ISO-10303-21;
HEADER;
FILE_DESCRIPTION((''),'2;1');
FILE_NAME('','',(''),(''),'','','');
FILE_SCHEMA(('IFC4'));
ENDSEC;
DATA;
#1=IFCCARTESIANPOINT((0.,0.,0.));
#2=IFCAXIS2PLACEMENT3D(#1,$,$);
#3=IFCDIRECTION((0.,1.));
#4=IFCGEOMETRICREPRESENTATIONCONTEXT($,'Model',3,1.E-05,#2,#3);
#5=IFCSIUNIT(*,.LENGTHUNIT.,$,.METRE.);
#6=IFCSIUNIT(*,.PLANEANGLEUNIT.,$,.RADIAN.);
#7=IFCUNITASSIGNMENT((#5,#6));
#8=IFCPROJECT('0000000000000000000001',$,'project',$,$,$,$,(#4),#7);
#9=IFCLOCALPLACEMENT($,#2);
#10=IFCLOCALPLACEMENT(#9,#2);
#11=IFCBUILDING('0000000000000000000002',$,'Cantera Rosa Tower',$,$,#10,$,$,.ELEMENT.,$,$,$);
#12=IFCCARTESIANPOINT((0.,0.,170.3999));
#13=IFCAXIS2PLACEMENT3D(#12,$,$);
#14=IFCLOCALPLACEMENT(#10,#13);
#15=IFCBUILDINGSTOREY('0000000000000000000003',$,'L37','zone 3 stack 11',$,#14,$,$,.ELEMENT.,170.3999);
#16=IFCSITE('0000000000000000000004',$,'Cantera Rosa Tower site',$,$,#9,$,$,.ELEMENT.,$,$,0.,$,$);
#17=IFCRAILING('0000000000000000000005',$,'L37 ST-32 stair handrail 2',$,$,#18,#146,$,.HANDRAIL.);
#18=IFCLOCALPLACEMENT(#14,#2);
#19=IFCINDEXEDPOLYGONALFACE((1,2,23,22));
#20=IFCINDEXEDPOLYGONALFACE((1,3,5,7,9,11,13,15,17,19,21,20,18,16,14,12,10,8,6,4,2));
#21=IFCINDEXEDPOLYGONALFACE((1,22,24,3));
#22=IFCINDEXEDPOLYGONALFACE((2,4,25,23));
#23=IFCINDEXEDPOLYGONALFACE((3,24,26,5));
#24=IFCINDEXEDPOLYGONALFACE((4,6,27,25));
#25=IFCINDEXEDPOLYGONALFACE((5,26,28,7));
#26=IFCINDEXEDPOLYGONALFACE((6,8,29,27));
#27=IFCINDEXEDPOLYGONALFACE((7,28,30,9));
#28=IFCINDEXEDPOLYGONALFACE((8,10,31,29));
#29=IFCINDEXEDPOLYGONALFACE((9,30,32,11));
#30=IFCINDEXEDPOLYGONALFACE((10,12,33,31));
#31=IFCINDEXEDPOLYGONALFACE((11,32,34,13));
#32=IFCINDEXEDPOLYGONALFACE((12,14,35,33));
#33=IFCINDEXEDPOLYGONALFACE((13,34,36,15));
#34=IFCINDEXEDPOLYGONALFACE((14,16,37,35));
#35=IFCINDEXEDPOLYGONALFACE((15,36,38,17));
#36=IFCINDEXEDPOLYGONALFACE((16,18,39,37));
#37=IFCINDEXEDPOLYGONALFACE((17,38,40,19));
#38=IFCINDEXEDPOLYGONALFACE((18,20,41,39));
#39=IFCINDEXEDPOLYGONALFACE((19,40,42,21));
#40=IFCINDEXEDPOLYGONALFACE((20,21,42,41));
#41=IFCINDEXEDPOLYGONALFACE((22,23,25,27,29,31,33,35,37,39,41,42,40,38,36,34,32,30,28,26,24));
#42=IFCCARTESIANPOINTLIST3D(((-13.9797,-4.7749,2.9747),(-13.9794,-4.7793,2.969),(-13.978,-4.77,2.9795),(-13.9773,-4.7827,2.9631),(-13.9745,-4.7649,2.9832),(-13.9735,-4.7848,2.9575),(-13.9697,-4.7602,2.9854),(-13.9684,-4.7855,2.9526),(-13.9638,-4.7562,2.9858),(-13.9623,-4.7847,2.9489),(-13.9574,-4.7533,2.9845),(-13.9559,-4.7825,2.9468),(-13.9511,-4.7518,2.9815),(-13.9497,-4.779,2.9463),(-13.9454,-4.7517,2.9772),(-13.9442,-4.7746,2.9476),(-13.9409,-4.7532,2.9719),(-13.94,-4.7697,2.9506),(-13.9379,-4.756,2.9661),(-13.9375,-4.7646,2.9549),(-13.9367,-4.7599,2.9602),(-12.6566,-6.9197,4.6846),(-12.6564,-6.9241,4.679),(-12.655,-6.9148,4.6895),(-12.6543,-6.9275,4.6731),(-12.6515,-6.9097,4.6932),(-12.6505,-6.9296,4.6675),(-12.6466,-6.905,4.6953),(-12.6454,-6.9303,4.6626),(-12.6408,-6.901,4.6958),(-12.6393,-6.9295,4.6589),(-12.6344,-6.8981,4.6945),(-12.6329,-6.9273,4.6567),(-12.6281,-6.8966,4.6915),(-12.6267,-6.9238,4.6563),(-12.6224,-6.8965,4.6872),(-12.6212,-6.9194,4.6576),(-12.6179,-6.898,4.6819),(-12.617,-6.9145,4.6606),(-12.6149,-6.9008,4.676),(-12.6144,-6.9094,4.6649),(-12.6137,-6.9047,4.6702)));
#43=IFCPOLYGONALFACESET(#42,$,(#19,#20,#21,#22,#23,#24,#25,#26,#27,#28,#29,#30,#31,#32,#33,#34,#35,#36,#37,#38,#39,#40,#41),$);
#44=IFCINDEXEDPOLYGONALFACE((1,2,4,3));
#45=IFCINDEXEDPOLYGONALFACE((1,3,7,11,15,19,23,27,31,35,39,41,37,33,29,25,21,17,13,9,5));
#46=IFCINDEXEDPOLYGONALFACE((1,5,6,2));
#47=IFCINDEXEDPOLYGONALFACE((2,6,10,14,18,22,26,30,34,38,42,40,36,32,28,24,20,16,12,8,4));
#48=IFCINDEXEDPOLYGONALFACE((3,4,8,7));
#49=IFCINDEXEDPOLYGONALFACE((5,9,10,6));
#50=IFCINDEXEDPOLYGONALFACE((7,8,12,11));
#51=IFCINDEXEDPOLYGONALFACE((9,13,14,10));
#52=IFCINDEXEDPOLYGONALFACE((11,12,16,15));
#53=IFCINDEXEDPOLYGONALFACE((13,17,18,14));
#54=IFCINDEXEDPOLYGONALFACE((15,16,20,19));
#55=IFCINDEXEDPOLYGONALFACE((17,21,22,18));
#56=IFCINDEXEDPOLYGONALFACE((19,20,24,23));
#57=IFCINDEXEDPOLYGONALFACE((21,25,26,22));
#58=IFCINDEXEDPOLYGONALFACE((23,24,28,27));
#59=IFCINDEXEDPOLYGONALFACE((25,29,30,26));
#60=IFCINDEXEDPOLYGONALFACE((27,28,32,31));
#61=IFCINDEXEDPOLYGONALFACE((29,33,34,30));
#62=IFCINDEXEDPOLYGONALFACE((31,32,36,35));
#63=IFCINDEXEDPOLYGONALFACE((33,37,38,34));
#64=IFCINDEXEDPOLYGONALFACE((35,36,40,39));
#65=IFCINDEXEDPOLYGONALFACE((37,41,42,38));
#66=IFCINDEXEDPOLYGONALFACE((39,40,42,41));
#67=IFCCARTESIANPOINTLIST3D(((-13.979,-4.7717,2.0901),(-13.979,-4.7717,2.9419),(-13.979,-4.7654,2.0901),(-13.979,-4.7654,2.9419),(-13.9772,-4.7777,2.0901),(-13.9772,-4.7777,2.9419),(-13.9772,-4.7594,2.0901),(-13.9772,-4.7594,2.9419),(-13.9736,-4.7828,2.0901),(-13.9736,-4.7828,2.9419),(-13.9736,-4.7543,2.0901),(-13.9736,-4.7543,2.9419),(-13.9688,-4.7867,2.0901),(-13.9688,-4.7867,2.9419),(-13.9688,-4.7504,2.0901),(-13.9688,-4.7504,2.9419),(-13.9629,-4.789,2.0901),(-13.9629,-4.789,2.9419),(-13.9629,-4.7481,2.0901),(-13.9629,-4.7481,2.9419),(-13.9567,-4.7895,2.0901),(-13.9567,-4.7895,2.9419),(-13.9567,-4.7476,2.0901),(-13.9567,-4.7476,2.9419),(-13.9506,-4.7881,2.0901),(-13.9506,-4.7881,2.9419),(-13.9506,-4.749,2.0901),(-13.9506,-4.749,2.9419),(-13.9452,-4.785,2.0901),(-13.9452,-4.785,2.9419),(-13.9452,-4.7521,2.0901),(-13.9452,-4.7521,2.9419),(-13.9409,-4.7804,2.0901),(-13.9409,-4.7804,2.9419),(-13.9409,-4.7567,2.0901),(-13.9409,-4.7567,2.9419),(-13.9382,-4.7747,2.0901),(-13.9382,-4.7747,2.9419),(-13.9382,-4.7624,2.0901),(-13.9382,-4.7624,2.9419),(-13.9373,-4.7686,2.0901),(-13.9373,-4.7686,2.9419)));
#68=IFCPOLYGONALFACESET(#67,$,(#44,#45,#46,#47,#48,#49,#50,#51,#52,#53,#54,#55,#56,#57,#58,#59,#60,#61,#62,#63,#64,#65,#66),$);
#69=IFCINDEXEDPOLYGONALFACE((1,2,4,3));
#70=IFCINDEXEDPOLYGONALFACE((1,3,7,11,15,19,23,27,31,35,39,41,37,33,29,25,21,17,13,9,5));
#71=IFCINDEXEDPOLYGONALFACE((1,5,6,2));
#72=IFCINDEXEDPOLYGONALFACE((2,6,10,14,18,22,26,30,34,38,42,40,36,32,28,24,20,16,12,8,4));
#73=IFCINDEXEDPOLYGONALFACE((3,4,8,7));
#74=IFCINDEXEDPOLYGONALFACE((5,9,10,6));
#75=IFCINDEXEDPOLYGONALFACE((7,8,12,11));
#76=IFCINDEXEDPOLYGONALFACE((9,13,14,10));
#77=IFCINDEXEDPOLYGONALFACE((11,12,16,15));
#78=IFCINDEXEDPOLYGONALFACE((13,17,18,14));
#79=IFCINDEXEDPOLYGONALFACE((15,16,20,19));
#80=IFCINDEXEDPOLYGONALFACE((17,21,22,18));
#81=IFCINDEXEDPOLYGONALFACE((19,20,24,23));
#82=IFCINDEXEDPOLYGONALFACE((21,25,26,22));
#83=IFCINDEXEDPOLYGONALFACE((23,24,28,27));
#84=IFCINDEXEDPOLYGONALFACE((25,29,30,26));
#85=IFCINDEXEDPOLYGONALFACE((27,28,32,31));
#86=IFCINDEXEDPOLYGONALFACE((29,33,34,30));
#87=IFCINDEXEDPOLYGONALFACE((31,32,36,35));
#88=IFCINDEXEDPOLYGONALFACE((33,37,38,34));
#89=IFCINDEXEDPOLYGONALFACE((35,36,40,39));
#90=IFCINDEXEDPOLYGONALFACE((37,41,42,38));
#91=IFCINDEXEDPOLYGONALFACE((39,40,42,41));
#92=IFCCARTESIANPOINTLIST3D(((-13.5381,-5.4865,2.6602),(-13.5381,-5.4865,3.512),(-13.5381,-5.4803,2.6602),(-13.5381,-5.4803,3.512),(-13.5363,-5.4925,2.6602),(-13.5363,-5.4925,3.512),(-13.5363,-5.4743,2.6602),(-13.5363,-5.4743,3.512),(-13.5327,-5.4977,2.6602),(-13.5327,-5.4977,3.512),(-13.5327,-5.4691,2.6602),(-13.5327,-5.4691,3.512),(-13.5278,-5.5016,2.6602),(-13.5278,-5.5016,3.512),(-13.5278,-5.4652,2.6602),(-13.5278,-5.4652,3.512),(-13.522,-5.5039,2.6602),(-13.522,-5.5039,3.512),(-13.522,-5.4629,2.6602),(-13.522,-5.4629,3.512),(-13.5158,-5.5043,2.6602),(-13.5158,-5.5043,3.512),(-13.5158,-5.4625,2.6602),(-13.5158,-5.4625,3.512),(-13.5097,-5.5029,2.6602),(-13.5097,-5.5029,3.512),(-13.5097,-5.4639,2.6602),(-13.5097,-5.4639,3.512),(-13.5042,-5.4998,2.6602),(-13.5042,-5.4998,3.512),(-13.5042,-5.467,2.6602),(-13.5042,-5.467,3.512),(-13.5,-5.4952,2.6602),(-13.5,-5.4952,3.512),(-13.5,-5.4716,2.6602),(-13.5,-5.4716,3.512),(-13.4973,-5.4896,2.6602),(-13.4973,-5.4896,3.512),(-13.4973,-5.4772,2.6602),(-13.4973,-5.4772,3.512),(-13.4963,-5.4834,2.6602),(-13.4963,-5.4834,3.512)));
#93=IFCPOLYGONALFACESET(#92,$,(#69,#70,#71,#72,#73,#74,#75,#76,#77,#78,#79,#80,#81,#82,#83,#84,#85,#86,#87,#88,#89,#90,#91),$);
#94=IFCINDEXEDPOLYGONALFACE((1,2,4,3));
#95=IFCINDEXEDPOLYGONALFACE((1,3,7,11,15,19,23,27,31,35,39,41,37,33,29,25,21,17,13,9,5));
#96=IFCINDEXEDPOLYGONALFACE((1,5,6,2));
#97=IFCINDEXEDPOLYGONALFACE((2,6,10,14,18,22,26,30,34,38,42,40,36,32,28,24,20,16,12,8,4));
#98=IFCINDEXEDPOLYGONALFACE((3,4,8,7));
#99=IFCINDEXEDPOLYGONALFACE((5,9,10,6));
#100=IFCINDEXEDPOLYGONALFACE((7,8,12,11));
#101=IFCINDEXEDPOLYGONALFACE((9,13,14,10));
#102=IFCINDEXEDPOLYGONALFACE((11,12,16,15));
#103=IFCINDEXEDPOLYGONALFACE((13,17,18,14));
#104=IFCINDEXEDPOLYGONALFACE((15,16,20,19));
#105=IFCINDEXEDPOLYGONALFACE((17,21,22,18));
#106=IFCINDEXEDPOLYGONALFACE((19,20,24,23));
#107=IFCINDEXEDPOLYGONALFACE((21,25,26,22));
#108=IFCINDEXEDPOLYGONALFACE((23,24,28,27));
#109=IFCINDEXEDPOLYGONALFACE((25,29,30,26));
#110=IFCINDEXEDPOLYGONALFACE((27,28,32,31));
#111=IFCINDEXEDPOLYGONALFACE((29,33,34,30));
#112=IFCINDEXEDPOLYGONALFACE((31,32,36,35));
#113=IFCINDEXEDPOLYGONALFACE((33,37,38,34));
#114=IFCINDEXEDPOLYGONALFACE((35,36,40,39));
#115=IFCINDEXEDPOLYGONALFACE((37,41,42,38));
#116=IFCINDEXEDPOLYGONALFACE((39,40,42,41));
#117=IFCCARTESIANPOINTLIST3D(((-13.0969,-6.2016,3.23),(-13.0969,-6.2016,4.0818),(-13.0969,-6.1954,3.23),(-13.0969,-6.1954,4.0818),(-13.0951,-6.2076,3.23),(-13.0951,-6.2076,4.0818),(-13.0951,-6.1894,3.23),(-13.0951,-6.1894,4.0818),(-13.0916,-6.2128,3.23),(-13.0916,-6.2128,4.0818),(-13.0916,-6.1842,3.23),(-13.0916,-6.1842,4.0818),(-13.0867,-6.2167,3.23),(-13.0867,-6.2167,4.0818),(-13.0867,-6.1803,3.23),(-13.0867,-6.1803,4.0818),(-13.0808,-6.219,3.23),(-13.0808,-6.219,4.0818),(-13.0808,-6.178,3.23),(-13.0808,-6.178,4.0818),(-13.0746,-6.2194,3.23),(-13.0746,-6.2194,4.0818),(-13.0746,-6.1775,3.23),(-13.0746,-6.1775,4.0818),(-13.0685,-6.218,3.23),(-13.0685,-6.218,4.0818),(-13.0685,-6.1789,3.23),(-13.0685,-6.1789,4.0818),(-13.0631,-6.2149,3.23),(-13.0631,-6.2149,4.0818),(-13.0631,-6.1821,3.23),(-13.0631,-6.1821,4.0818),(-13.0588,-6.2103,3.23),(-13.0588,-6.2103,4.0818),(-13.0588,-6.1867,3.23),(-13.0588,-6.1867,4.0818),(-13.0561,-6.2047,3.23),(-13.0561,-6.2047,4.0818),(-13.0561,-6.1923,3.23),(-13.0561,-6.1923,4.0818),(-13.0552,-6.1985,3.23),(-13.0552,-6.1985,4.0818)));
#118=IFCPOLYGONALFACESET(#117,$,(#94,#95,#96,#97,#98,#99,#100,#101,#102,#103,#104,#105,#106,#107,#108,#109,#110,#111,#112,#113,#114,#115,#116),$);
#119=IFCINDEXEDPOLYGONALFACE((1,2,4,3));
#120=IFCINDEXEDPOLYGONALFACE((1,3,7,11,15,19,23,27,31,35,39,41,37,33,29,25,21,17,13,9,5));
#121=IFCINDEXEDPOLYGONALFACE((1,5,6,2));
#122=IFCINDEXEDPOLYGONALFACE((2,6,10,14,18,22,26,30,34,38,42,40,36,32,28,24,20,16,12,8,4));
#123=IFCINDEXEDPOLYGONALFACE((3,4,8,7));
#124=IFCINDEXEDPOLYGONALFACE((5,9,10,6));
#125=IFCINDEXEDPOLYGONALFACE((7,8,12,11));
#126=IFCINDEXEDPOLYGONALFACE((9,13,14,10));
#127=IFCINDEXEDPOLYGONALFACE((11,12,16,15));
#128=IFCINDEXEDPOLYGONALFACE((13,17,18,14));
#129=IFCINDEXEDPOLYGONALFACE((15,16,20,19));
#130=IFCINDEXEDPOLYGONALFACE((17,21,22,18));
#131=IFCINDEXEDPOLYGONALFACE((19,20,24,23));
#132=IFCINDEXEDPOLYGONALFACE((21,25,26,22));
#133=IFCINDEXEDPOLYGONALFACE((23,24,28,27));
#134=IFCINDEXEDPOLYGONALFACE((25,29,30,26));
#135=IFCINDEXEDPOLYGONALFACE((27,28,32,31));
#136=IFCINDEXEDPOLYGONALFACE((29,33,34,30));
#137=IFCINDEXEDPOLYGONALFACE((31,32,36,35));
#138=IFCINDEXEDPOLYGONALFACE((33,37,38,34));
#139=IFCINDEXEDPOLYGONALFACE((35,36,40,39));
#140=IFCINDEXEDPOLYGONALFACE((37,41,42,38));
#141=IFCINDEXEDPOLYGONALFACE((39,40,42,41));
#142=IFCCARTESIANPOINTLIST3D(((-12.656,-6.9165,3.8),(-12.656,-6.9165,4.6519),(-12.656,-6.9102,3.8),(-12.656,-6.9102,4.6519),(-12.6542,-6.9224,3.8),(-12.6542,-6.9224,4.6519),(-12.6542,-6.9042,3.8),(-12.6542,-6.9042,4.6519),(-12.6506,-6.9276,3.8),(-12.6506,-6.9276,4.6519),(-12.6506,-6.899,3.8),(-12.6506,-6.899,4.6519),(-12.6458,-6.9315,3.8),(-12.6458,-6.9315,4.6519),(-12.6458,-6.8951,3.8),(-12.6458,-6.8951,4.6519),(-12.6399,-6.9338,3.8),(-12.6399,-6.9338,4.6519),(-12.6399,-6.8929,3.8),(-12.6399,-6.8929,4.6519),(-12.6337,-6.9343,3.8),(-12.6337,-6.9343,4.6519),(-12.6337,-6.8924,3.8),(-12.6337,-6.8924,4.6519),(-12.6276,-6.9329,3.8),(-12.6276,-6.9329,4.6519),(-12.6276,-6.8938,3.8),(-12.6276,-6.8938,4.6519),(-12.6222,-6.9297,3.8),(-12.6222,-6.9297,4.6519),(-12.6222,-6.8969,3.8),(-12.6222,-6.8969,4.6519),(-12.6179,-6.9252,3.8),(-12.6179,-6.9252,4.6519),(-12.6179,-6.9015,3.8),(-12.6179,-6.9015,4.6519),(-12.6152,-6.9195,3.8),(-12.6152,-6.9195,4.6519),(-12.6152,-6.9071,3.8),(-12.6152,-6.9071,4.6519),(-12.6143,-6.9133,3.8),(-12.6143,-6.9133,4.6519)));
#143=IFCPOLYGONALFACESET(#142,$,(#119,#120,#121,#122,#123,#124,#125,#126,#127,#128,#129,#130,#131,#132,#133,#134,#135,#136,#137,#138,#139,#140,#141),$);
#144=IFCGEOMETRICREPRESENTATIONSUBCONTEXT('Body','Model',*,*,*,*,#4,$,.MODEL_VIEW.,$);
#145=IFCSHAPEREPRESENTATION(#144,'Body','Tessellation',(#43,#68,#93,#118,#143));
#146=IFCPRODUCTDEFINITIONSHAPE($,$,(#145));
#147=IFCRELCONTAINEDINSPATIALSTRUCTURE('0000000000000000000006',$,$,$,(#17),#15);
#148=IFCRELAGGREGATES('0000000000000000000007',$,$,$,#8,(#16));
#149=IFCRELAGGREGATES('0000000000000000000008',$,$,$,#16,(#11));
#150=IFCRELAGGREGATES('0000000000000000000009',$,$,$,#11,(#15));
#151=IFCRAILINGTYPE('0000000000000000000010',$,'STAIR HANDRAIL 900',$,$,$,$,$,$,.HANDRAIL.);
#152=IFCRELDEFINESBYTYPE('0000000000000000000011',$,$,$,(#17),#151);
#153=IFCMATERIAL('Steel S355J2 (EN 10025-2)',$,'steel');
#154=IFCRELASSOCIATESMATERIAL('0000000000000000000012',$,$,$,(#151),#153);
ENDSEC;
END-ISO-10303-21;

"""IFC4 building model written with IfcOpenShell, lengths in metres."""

from ifc_helpers import new_model, si_unit, direction, frame, origin, origin_2d, place, context, subcontext, project, spatial, circle, extrude, material, type_object, element, save


model = new_model("IFC4")

# Units and contexts
model_context = context("Model", 3, precision=1e-05, world=origin(), true_north=direction((0.0, 1.0)))
body_context = subcontext(model_context, "Body", "Model", "MODEL_VIEW")
ifc_project = project(units=[si_unit("LENGTHUNIT", "METRE"), si_unit("PLANEANGLEUNIT", "RADIAN")], contexts=[model_context])

# Site, building, storey
site_placement = place(None, origin())
site = spatial("IfcSite", under=ifc_project, at=site_placement, Name="Cantera Rosa Tower site", CompositionType="ELEMENT", RefElevation=0.0)
building_placement = place(site_placement, origin())
building = spatial("IfcBuilding", under=site, at=building_placement, Name="Cantera Rosa Tower", CompositionType="ELEMENT")
storey_placement = place(building_placement, frame((0.0, 0.0, 170.3999)))
storey = spatial("IfcBuildingStorey", under=building, at=storey_placement, Name="L37", Description="zone 3 stack 11", CompositionType="ELEMENT", Elevation=170.3999)

# Railing
ifc_material_1 = material(Name="Steel S355J2 (EN 10025-2)", Category="steel")
railing_type_1 = type_object("IfcRailingType", Name="STAIR HANDRAIL 900", PredefinedType="HANDRAIL", material=ifc_material_1)
railing_1_placement = place(storey_placement, frame((-13.9583, -4.7686, 2.0901)))
element("IfcRailing", 1, at=railing_1_placement, inside=storey, type_object=railing_type_1, Name="L37 ST-32 stair handrail 2", PredefinedType="HANDRAIL", context=body_context, shape_type="SweptSolid", body=[
    extrude(circle(Radius=0.0239, at=origin_2d()), frame((0.0, 0.0, 0.876), z_axis=(0.434428, -0.704271, 0.561493), x_axis=(0.851102, 0.525, 0.0)), (0.0, 0.0, 1.0), 3.0454),
    extrude(circle(Radius=0.021, at=origin_2d()), origin(), (0.0, 0.0, 1.0), 0.8518),
    extrude(circle(Radius=0.021, at=origin_2d()), frame((0.4409, -0.7148, 0.5701)), (0.0, 0.0, 1.0), 0.8518),
    extrude(circle(Radius=0.021, at=origin_2d()), frame((0.8821, -1.4299, 1.1399)), (0.0, 0.0, 1.0), 0.8518),
    extrude(circle(Radius=0.021, at=origin_2d()), frame((1.323, -2.1448, 1.71)), (0.0, 0.0, 1.0), 0.8518),
])

save(model, "model.ifc")
